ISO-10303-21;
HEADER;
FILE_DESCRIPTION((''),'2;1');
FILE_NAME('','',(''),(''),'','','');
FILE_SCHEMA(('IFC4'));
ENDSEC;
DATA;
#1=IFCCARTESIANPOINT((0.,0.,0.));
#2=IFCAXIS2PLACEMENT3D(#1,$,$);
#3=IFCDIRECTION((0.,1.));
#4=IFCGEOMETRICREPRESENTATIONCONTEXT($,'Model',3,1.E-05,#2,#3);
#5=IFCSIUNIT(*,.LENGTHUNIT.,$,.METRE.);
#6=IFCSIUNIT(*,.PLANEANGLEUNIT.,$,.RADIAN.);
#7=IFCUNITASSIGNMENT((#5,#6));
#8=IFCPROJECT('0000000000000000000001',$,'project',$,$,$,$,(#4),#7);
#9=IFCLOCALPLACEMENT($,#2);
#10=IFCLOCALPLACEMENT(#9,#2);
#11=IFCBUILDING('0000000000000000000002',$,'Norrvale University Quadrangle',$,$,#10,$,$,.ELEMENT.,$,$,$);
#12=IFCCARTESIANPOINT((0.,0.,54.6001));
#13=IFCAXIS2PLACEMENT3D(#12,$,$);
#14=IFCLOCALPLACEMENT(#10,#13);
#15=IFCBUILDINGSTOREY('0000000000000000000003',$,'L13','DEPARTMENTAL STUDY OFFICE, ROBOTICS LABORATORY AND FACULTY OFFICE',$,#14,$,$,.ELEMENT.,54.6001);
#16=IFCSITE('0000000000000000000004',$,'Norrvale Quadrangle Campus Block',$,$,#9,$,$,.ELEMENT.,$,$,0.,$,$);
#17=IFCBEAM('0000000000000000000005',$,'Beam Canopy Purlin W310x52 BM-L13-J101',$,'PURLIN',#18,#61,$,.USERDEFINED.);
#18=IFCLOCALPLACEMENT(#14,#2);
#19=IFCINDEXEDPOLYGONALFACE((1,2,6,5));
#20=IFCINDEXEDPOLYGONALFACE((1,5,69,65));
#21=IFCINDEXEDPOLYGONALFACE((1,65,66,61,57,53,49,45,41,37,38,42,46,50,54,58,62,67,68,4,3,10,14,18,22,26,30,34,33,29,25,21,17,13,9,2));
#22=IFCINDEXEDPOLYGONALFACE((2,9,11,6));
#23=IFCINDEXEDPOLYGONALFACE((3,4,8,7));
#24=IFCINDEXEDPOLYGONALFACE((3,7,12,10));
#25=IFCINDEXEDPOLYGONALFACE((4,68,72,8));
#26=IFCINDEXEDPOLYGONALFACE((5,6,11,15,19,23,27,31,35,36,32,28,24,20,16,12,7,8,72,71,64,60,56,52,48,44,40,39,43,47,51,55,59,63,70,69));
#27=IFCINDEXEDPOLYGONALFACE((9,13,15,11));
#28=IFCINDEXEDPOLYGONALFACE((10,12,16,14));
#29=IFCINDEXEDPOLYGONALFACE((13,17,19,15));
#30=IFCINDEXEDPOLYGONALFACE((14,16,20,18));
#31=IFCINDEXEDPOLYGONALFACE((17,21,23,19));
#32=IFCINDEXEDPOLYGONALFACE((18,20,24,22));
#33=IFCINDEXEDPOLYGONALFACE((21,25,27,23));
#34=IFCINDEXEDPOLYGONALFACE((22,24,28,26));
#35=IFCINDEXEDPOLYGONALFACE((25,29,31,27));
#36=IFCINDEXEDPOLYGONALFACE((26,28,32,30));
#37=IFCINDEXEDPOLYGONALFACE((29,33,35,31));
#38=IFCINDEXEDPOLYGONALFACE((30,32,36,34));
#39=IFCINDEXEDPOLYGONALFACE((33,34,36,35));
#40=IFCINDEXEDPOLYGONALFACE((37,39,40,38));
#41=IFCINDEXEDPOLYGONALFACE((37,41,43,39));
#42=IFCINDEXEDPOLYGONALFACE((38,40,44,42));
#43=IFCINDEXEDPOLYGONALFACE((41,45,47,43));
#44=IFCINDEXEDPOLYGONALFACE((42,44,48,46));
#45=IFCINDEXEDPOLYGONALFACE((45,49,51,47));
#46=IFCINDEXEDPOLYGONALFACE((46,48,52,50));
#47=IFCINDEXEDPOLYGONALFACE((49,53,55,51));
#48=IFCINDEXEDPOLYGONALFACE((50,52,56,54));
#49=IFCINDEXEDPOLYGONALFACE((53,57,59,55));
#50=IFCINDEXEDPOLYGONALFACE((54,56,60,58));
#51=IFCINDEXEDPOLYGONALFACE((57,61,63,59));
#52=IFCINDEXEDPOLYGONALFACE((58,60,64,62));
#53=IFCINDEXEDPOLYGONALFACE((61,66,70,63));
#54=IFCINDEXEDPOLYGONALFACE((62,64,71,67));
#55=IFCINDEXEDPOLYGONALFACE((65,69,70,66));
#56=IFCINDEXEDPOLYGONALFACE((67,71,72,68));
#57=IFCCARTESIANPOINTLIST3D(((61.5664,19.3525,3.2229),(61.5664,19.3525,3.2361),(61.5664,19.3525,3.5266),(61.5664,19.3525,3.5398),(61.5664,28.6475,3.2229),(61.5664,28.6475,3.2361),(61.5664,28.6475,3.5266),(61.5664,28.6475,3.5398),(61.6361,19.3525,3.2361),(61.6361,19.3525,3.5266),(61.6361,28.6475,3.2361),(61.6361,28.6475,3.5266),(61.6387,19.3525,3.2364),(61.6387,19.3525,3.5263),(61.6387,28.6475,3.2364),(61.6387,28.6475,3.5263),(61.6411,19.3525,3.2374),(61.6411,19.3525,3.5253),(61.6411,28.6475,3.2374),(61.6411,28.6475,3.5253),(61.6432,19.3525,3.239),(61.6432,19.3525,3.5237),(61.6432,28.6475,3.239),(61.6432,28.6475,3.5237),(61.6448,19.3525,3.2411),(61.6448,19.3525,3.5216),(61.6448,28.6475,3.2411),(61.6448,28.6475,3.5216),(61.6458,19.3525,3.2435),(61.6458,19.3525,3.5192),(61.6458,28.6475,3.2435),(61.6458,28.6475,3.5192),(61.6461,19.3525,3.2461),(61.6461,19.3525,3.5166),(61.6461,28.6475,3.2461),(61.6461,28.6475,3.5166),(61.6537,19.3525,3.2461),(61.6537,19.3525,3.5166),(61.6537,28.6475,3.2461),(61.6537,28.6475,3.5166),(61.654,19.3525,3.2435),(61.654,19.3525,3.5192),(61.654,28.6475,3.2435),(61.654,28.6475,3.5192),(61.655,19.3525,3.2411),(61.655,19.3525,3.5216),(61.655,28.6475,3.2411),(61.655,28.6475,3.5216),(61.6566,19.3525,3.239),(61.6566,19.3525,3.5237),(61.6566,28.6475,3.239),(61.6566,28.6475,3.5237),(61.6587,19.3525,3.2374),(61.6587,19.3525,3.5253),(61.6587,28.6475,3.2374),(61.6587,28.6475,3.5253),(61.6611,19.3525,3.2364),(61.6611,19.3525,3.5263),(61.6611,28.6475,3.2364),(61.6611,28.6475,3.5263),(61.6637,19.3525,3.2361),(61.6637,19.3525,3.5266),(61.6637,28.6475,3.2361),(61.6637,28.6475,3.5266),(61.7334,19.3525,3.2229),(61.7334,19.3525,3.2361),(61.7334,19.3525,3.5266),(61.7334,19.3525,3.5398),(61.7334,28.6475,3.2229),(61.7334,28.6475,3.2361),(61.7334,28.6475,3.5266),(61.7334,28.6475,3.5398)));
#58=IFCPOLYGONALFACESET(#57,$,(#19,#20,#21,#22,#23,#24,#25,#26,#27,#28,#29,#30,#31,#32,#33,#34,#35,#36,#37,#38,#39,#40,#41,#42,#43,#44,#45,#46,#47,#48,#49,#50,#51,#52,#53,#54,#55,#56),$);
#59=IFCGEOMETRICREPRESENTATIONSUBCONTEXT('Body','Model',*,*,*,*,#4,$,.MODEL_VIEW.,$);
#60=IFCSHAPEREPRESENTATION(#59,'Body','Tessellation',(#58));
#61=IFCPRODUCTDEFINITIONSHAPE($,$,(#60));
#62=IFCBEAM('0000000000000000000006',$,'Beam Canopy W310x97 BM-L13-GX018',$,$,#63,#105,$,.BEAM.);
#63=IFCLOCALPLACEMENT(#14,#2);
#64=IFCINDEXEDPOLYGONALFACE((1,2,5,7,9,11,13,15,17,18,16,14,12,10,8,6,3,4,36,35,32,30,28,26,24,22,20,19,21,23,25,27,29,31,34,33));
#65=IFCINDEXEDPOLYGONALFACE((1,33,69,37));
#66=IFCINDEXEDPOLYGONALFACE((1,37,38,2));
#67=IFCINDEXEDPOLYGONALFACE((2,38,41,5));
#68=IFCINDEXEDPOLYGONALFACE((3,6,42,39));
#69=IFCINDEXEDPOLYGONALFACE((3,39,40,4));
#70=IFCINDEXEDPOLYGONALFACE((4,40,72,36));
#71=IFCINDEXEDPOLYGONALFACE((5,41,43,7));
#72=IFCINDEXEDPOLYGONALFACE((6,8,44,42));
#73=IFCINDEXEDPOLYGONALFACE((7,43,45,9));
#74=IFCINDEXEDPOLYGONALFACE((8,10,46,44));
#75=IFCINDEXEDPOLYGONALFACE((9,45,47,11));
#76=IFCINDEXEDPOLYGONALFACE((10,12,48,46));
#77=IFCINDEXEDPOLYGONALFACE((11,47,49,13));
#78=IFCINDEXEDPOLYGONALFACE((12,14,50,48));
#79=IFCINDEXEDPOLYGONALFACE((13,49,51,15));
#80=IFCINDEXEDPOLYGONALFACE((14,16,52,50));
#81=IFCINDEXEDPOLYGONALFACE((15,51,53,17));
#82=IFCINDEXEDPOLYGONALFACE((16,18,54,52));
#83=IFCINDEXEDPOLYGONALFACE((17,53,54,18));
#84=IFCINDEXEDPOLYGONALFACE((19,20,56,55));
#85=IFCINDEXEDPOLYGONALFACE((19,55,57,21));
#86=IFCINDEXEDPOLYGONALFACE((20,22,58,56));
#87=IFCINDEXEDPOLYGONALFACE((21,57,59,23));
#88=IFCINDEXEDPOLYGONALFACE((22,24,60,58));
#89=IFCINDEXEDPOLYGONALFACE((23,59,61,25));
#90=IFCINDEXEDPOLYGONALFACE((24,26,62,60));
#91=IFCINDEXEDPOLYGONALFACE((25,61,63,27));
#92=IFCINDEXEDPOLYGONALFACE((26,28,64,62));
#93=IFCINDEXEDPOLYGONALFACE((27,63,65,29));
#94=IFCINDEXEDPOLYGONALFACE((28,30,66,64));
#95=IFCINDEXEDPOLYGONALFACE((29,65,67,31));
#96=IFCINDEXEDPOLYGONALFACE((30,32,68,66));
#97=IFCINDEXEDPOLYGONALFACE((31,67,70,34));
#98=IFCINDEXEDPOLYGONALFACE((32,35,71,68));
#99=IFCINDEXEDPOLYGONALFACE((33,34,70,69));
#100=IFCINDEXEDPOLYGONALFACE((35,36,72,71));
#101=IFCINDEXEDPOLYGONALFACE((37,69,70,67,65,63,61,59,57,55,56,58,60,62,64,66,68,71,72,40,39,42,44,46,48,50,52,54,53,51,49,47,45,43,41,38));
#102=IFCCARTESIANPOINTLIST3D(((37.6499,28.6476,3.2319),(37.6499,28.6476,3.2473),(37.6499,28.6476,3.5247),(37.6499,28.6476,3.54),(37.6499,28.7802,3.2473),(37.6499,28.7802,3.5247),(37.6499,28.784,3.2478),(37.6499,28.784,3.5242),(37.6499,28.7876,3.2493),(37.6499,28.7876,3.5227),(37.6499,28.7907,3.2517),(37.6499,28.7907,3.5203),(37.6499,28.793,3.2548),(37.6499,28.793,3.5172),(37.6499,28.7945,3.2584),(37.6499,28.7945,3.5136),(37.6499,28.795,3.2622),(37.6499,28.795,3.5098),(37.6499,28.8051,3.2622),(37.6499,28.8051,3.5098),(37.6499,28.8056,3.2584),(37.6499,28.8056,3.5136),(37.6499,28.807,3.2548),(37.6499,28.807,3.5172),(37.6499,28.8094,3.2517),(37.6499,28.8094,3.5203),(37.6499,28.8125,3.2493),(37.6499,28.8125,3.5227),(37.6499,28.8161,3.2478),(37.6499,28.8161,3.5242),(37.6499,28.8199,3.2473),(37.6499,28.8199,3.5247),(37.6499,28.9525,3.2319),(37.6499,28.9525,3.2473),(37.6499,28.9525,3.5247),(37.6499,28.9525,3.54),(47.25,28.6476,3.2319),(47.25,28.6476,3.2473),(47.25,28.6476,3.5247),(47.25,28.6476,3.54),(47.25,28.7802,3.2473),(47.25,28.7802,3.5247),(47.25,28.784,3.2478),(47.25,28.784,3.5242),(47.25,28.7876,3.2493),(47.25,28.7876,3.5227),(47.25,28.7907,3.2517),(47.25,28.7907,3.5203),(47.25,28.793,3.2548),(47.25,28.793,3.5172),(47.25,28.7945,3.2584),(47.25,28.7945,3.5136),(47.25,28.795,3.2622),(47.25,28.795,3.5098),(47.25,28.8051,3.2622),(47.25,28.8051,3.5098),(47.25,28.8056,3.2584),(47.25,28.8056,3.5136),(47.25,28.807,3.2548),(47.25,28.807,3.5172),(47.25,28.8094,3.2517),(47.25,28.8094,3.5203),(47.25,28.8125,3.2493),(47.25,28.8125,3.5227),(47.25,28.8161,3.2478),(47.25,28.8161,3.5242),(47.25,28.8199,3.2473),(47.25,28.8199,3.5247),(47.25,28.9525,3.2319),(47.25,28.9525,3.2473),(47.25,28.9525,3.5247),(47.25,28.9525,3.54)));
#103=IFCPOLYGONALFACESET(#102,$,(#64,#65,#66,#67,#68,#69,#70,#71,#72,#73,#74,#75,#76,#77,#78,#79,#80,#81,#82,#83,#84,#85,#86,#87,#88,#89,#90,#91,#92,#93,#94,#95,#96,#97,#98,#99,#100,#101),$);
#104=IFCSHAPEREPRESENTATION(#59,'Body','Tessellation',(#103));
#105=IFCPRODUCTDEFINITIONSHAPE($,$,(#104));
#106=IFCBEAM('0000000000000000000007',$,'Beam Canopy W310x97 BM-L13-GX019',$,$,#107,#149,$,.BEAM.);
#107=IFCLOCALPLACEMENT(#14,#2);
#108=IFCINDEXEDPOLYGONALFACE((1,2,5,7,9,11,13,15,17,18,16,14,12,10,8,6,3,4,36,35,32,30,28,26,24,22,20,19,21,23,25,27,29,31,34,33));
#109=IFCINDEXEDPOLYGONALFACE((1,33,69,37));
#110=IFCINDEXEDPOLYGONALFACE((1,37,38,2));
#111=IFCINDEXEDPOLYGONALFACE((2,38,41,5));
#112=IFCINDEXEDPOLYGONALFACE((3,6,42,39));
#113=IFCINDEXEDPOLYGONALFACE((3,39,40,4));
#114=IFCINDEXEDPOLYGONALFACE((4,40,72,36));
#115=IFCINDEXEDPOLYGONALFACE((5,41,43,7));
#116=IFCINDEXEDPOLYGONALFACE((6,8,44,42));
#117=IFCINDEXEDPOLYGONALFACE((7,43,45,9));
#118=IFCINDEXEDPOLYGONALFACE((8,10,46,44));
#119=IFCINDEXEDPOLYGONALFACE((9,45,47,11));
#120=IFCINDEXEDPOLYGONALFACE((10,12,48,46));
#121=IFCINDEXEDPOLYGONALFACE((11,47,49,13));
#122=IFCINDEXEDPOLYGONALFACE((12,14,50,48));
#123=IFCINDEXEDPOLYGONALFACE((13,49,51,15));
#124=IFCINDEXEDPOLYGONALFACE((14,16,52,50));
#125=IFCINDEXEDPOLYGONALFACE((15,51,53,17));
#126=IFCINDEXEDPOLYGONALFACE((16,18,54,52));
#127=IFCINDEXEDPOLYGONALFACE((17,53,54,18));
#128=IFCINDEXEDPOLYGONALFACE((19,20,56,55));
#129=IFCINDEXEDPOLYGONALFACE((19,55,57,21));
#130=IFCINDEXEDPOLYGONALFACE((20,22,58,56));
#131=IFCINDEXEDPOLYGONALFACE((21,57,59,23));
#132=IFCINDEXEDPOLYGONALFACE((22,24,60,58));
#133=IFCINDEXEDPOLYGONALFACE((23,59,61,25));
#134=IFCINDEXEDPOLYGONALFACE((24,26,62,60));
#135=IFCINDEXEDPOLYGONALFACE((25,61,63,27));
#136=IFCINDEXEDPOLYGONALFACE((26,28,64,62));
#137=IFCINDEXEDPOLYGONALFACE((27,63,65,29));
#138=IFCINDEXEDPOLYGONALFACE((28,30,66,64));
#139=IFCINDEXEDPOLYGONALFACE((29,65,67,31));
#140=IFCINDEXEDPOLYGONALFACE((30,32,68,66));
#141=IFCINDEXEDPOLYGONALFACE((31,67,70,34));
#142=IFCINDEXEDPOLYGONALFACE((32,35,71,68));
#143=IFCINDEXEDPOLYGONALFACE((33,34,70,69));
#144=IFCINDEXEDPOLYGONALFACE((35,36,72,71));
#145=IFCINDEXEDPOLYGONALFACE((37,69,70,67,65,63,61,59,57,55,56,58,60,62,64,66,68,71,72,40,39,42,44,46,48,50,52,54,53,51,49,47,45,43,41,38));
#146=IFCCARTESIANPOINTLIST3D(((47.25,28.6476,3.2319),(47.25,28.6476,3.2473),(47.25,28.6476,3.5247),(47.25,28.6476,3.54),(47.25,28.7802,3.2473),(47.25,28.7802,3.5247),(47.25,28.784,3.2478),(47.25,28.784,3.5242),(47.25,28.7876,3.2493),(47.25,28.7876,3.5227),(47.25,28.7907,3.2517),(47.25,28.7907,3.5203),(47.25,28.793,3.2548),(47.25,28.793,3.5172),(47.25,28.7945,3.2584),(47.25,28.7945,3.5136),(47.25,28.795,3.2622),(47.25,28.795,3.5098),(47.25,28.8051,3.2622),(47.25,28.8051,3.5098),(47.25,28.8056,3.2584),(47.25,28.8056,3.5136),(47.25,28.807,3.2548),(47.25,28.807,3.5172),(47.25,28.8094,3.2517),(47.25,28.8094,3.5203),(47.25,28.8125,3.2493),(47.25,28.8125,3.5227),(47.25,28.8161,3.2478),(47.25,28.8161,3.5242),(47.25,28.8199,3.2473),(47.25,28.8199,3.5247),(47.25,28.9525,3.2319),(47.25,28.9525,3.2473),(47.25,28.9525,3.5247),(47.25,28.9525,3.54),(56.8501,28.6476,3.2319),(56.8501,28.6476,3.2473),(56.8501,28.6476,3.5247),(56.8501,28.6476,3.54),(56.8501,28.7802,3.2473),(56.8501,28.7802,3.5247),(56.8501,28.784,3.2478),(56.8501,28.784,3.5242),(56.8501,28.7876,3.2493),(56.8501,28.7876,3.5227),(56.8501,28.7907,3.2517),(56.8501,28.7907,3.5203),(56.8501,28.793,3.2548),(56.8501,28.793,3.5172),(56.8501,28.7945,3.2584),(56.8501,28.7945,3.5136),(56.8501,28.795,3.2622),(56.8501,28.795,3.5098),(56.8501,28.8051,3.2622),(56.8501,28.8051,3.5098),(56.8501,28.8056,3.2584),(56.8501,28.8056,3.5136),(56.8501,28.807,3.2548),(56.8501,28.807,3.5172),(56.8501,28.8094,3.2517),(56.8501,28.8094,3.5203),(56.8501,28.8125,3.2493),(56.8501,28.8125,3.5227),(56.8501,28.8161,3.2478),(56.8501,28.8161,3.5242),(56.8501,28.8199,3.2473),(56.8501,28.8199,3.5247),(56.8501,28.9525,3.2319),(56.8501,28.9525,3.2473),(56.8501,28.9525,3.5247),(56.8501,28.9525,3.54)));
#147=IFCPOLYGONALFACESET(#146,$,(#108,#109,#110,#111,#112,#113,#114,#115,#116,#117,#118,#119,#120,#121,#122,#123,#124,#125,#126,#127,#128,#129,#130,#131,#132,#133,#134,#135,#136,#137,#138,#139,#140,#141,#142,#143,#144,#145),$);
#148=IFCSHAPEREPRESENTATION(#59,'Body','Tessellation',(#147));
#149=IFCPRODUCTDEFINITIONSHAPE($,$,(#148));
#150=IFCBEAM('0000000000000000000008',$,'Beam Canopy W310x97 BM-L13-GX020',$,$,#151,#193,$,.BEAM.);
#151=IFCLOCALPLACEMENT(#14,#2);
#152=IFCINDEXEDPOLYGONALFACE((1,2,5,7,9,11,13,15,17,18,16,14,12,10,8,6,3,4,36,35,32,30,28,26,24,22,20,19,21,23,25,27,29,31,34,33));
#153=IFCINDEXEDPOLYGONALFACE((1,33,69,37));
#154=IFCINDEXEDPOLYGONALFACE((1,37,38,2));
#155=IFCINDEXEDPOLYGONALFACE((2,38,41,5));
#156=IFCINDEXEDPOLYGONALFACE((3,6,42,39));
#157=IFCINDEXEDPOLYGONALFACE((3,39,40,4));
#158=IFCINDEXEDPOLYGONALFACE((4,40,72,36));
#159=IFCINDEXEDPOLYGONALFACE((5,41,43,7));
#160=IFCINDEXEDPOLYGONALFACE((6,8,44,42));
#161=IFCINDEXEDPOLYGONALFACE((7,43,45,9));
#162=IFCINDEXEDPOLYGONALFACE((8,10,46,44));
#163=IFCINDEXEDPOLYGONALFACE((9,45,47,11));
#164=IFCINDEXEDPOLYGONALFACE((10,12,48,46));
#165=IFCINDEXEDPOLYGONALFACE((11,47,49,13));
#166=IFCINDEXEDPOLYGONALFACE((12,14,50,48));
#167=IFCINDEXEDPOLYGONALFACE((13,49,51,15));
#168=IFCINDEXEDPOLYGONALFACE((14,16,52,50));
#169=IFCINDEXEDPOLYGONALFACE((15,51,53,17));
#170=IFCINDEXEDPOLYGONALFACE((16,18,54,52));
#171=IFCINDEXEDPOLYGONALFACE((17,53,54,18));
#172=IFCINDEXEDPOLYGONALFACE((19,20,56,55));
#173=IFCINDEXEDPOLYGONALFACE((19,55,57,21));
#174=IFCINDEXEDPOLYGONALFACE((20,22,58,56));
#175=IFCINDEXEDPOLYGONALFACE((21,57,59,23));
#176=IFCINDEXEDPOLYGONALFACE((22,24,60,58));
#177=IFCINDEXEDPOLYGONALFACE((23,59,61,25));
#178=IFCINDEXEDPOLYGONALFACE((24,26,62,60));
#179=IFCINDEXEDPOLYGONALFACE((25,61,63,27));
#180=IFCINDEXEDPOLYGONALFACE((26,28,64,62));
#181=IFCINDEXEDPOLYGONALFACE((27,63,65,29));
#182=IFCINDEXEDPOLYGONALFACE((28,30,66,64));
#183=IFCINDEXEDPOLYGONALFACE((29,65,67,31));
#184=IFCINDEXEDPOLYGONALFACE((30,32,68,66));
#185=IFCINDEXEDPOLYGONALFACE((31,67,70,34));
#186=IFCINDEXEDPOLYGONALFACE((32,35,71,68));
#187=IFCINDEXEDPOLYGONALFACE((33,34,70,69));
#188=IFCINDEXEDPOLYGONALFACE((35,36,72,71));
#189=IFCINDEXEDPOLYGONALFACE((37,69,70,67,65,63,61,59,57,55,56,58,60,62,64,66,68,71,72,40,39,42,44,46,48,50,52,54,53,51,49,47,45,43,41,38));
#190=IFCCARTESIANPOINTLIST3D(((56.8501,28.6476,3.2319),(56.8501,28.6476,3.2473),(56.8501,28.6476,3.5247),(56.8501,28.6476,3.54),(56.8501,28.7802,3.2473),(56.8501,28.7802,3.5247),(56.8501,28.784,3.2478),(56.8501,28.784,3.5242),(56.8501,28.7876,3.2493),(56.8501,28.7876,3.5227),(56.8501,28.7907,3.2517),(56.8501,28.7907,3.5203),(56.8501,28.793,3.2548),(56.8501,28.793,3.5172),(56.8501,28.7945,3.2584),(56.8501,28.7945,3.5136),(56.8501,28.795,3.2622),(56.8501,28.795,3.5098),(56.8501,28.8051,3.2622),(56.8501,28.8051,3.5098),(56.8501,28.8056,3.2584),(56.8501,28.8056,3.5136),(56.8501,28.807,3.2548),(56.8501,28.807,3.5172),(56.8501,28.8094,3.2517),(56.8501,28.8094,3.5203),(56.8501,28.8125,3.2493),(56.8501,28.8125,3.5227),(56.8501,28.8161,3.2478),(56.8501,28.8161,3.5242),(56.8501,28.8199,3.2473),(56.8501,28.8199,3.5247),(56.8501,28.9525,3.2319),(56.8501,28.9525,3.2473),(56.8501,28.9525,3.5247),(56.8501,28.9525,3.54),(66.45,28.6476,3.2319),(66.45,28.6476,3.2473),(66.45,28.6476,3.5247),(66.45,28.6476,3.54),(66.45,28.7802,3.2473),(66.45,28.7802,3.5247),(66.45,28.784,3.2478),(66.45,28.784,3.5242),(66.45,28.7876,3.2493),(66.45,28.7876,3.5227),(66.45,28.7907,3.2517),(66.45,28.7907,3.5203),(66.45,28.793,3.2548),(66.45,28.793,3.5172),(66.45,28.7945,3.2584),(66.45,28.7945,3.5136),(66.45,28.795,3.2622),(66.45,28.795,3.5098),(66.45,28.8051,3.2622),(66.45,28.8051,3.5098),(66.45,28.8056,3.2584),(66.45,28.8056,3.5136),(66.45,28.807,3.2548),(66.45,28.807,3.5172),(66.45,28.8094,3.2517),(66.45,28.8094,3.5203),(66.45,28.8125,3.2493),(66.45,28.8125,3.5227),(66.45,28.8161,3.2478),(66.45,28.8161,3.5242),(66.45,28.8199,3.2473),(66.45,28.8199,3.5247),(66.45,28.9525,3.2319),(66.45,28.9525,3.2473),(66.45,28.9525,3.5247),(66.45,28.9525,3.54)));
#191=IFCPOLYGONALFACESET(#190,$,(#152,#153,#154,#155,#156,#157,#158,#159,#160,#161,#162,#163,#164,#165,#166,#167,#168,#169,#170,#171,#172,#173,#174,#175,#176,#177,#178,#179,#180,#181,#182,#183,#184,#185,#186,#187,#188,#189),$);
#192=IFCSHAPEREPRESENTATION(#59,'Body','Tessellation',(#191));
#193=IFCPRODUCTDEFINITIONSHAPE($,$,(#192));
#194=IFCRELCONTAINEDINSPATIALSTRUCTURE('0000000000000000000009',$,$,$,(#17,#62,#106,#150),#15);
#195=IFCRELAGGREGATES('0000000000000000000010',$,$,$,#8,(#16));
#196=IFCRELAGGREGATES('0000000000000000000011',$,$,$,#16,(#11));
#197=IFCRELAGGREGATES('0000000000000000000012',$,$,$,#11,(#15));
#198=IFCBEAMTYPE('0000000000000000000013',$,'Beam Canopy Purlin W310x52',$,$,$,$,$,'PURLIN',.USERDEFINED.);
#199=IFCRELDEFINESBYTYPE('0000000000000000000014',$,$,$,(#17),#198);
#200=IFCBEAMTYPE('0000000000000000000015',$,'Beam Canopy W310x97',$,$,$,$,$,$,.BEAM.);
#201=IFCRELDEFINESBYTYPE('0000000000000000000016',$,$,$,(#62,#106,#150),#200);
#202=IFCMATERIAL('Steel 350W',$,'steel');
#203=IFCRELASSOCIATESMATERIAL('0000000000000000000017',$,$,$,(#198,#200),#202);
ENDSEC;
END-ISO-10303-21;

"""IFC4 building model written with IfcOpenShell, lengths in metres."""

from ifc_helpers import new_model, si_unit, direction, frame, origin, origin_2d, place, context, subcontext, project, spatial, i_section, extrude, material, material_profile, profile_set, type_object, element, save


model = new_model("IFC4")

# Units and contexts
model_context = context("Model", 3, precision=1e-05, world=origin(), true_north=direction((0.0, 1.0)))
body_context = subcontext(model_context, "Body", "Model", "MODEL_VIEW")
ifc_project = project(units=[si_unit("LENGTHUNIT", "METRE"), si_unit("PLANEANGLEUNIT", "RADIAN")], contexts=[model_context])

# Site, building, storey
site_placement = place(None, origin())
site = spatial("IfcSite", under=ifc_project, at=site_placement, Name="Norrvale Quadrangle Campus Block", CompositionType="ELEMENT", RefElevation=0.0)
building_placement = place(site_placement, origin())
building = spatial("IfcBuilding", under=site, at=building_placement, Name="Norrvale University Quadrangle", CompositionType="ELEMENT")
storey_placement = place(building_placement, frame((0.0, 0.0, 54.6001)))
storey = spatial("IfcBuildingStorey", under=building, at=storey_placement, Name="L13", Description="DEPARTMENTAL STUDY OFFICE, ROBOTICS LABORATORY AND FACULTY OFFICE", CompositionType="ELEMENT", Elevation=54.6001)

# Beams
ifc_material_1 = material(Name="Steel 350W", Category="steel")
ifc_material_profile_1 = material_profile(ifc_material_1, i_section(OverallWidth=0.167, OverallDepth=0.3169, WebThickness=0.0076, FlangeThickness=0.0132, FilletRadius=0.01, at=origin_2d()), Name="Steel 350W")
ifc_profile_set_1 = profile_set([ifc_material_profile_1], Name="Steel 350W")
beam_type_1 = type_object("IfcBeamType", Name="Beam Canopy Purlin W310x52", ElementType="PURLIN", PredefinedType="USERDEFINED", material=ifc_profile_set_1)
beam_1_placement = place(storey_placement, frame((61.6499, 19.3525, 3.3813), z_axis=(0.0, 1.0, 0.0), x_axis=(-1.0, 0.0, 0.0)))
element("IfcBeam", 1, at=beam_1_placement, inside=storey, type_object=beam_type_1, Name="Beam Canopy Purlin W310x52 BM-L13-J101", ObjectType="PURLIN", PredefinedType="USERDEFINED", context=body_context, shape_type="SweptSolid", body=[
    extrude(i_section(OverallWidth=0.167, OverallDepth=0.3169, WebThickness=0.0076, FlangeThickness=0.0132, FilletRadius=0.01, at=origin_2d()), origin(), (0.0, 0.0, 1.0), 9.2949),
])
ifc_material_profile_2 = material_profile(ifc_material_1, i_section(OverallWidth=0.3049, OverallDepth=0.3081, WebThickness=0.01, FlangeThickness=0.0154, FilletRadius=0.0149, at=origin_2d()), Name="Steel 350W")
ifc_profile_set_2 = profile_set([ifc_material_profile_2], Name="Steel 350W")
beam_type_2 = type_object("IfcBeamType", Name="Beam Canopy W310x97", PredefinedType="BEAM", material=ifc_profile_set_2)
for number, where, z_axis, x_axis, name in (
    (2, (37.6499, 28.8, 3.386), (1.0, 0.0, 0.0), (0.0, 1.0, 0.0), "Beam Canopy W310x97 BM-L13-GX018"),
    (3, (47.25, 28.8, 3.386), (1.0, 0.0, 0.0), (0.0, 1.0, 0.0), "Beam Canopy W310x97 BM-L13-GX019"),
):
    element("IfcBeam", number, at=place(storey_placement, frame(where, z_axis=z_axis, x_axis=x_axis)), inside=storey, type_object=beam_type_2, Name=name, PredefinedType="BEAM", context=body_context, shape_type="SweptSolid", body=[
        extrude(i_section(OverallWidth=0.3049, OverallDepth=0.3081, WebThickness=0.01, FlangeThickness=0.0154, FilletRadius=0.0149, at=origin_2d()), origin(), (0.0, 0.0, 1.0), 9.6001),
    ])
beam_2_placement = place(storey_placement, frame((56.8501, 28.8, 3.386), z_axis=(1.0, 0.0, 0.0), x_axis=(0.0, 1.0, 0.0)))
element("IfcBeam", 4, at=beam_2_placement, inside=storey, type_object=beam_type_2, Name="Beam Canopy W310x97 BM-L13-GX020", PredefinedType="BEAM", context=body_context, shape_type="SweptSolid", body=[
    extrude(i_section(OverallWidth=0.3049, OverallDepth=0.3081, WebThickness=0.01, FlangeThickness=0.0154, FilletRadius=0.0149, at=origin_2d()), origin(), (0.0, 0.0, 1.0), 9.5999),
])

save(model, "model.ifc")
